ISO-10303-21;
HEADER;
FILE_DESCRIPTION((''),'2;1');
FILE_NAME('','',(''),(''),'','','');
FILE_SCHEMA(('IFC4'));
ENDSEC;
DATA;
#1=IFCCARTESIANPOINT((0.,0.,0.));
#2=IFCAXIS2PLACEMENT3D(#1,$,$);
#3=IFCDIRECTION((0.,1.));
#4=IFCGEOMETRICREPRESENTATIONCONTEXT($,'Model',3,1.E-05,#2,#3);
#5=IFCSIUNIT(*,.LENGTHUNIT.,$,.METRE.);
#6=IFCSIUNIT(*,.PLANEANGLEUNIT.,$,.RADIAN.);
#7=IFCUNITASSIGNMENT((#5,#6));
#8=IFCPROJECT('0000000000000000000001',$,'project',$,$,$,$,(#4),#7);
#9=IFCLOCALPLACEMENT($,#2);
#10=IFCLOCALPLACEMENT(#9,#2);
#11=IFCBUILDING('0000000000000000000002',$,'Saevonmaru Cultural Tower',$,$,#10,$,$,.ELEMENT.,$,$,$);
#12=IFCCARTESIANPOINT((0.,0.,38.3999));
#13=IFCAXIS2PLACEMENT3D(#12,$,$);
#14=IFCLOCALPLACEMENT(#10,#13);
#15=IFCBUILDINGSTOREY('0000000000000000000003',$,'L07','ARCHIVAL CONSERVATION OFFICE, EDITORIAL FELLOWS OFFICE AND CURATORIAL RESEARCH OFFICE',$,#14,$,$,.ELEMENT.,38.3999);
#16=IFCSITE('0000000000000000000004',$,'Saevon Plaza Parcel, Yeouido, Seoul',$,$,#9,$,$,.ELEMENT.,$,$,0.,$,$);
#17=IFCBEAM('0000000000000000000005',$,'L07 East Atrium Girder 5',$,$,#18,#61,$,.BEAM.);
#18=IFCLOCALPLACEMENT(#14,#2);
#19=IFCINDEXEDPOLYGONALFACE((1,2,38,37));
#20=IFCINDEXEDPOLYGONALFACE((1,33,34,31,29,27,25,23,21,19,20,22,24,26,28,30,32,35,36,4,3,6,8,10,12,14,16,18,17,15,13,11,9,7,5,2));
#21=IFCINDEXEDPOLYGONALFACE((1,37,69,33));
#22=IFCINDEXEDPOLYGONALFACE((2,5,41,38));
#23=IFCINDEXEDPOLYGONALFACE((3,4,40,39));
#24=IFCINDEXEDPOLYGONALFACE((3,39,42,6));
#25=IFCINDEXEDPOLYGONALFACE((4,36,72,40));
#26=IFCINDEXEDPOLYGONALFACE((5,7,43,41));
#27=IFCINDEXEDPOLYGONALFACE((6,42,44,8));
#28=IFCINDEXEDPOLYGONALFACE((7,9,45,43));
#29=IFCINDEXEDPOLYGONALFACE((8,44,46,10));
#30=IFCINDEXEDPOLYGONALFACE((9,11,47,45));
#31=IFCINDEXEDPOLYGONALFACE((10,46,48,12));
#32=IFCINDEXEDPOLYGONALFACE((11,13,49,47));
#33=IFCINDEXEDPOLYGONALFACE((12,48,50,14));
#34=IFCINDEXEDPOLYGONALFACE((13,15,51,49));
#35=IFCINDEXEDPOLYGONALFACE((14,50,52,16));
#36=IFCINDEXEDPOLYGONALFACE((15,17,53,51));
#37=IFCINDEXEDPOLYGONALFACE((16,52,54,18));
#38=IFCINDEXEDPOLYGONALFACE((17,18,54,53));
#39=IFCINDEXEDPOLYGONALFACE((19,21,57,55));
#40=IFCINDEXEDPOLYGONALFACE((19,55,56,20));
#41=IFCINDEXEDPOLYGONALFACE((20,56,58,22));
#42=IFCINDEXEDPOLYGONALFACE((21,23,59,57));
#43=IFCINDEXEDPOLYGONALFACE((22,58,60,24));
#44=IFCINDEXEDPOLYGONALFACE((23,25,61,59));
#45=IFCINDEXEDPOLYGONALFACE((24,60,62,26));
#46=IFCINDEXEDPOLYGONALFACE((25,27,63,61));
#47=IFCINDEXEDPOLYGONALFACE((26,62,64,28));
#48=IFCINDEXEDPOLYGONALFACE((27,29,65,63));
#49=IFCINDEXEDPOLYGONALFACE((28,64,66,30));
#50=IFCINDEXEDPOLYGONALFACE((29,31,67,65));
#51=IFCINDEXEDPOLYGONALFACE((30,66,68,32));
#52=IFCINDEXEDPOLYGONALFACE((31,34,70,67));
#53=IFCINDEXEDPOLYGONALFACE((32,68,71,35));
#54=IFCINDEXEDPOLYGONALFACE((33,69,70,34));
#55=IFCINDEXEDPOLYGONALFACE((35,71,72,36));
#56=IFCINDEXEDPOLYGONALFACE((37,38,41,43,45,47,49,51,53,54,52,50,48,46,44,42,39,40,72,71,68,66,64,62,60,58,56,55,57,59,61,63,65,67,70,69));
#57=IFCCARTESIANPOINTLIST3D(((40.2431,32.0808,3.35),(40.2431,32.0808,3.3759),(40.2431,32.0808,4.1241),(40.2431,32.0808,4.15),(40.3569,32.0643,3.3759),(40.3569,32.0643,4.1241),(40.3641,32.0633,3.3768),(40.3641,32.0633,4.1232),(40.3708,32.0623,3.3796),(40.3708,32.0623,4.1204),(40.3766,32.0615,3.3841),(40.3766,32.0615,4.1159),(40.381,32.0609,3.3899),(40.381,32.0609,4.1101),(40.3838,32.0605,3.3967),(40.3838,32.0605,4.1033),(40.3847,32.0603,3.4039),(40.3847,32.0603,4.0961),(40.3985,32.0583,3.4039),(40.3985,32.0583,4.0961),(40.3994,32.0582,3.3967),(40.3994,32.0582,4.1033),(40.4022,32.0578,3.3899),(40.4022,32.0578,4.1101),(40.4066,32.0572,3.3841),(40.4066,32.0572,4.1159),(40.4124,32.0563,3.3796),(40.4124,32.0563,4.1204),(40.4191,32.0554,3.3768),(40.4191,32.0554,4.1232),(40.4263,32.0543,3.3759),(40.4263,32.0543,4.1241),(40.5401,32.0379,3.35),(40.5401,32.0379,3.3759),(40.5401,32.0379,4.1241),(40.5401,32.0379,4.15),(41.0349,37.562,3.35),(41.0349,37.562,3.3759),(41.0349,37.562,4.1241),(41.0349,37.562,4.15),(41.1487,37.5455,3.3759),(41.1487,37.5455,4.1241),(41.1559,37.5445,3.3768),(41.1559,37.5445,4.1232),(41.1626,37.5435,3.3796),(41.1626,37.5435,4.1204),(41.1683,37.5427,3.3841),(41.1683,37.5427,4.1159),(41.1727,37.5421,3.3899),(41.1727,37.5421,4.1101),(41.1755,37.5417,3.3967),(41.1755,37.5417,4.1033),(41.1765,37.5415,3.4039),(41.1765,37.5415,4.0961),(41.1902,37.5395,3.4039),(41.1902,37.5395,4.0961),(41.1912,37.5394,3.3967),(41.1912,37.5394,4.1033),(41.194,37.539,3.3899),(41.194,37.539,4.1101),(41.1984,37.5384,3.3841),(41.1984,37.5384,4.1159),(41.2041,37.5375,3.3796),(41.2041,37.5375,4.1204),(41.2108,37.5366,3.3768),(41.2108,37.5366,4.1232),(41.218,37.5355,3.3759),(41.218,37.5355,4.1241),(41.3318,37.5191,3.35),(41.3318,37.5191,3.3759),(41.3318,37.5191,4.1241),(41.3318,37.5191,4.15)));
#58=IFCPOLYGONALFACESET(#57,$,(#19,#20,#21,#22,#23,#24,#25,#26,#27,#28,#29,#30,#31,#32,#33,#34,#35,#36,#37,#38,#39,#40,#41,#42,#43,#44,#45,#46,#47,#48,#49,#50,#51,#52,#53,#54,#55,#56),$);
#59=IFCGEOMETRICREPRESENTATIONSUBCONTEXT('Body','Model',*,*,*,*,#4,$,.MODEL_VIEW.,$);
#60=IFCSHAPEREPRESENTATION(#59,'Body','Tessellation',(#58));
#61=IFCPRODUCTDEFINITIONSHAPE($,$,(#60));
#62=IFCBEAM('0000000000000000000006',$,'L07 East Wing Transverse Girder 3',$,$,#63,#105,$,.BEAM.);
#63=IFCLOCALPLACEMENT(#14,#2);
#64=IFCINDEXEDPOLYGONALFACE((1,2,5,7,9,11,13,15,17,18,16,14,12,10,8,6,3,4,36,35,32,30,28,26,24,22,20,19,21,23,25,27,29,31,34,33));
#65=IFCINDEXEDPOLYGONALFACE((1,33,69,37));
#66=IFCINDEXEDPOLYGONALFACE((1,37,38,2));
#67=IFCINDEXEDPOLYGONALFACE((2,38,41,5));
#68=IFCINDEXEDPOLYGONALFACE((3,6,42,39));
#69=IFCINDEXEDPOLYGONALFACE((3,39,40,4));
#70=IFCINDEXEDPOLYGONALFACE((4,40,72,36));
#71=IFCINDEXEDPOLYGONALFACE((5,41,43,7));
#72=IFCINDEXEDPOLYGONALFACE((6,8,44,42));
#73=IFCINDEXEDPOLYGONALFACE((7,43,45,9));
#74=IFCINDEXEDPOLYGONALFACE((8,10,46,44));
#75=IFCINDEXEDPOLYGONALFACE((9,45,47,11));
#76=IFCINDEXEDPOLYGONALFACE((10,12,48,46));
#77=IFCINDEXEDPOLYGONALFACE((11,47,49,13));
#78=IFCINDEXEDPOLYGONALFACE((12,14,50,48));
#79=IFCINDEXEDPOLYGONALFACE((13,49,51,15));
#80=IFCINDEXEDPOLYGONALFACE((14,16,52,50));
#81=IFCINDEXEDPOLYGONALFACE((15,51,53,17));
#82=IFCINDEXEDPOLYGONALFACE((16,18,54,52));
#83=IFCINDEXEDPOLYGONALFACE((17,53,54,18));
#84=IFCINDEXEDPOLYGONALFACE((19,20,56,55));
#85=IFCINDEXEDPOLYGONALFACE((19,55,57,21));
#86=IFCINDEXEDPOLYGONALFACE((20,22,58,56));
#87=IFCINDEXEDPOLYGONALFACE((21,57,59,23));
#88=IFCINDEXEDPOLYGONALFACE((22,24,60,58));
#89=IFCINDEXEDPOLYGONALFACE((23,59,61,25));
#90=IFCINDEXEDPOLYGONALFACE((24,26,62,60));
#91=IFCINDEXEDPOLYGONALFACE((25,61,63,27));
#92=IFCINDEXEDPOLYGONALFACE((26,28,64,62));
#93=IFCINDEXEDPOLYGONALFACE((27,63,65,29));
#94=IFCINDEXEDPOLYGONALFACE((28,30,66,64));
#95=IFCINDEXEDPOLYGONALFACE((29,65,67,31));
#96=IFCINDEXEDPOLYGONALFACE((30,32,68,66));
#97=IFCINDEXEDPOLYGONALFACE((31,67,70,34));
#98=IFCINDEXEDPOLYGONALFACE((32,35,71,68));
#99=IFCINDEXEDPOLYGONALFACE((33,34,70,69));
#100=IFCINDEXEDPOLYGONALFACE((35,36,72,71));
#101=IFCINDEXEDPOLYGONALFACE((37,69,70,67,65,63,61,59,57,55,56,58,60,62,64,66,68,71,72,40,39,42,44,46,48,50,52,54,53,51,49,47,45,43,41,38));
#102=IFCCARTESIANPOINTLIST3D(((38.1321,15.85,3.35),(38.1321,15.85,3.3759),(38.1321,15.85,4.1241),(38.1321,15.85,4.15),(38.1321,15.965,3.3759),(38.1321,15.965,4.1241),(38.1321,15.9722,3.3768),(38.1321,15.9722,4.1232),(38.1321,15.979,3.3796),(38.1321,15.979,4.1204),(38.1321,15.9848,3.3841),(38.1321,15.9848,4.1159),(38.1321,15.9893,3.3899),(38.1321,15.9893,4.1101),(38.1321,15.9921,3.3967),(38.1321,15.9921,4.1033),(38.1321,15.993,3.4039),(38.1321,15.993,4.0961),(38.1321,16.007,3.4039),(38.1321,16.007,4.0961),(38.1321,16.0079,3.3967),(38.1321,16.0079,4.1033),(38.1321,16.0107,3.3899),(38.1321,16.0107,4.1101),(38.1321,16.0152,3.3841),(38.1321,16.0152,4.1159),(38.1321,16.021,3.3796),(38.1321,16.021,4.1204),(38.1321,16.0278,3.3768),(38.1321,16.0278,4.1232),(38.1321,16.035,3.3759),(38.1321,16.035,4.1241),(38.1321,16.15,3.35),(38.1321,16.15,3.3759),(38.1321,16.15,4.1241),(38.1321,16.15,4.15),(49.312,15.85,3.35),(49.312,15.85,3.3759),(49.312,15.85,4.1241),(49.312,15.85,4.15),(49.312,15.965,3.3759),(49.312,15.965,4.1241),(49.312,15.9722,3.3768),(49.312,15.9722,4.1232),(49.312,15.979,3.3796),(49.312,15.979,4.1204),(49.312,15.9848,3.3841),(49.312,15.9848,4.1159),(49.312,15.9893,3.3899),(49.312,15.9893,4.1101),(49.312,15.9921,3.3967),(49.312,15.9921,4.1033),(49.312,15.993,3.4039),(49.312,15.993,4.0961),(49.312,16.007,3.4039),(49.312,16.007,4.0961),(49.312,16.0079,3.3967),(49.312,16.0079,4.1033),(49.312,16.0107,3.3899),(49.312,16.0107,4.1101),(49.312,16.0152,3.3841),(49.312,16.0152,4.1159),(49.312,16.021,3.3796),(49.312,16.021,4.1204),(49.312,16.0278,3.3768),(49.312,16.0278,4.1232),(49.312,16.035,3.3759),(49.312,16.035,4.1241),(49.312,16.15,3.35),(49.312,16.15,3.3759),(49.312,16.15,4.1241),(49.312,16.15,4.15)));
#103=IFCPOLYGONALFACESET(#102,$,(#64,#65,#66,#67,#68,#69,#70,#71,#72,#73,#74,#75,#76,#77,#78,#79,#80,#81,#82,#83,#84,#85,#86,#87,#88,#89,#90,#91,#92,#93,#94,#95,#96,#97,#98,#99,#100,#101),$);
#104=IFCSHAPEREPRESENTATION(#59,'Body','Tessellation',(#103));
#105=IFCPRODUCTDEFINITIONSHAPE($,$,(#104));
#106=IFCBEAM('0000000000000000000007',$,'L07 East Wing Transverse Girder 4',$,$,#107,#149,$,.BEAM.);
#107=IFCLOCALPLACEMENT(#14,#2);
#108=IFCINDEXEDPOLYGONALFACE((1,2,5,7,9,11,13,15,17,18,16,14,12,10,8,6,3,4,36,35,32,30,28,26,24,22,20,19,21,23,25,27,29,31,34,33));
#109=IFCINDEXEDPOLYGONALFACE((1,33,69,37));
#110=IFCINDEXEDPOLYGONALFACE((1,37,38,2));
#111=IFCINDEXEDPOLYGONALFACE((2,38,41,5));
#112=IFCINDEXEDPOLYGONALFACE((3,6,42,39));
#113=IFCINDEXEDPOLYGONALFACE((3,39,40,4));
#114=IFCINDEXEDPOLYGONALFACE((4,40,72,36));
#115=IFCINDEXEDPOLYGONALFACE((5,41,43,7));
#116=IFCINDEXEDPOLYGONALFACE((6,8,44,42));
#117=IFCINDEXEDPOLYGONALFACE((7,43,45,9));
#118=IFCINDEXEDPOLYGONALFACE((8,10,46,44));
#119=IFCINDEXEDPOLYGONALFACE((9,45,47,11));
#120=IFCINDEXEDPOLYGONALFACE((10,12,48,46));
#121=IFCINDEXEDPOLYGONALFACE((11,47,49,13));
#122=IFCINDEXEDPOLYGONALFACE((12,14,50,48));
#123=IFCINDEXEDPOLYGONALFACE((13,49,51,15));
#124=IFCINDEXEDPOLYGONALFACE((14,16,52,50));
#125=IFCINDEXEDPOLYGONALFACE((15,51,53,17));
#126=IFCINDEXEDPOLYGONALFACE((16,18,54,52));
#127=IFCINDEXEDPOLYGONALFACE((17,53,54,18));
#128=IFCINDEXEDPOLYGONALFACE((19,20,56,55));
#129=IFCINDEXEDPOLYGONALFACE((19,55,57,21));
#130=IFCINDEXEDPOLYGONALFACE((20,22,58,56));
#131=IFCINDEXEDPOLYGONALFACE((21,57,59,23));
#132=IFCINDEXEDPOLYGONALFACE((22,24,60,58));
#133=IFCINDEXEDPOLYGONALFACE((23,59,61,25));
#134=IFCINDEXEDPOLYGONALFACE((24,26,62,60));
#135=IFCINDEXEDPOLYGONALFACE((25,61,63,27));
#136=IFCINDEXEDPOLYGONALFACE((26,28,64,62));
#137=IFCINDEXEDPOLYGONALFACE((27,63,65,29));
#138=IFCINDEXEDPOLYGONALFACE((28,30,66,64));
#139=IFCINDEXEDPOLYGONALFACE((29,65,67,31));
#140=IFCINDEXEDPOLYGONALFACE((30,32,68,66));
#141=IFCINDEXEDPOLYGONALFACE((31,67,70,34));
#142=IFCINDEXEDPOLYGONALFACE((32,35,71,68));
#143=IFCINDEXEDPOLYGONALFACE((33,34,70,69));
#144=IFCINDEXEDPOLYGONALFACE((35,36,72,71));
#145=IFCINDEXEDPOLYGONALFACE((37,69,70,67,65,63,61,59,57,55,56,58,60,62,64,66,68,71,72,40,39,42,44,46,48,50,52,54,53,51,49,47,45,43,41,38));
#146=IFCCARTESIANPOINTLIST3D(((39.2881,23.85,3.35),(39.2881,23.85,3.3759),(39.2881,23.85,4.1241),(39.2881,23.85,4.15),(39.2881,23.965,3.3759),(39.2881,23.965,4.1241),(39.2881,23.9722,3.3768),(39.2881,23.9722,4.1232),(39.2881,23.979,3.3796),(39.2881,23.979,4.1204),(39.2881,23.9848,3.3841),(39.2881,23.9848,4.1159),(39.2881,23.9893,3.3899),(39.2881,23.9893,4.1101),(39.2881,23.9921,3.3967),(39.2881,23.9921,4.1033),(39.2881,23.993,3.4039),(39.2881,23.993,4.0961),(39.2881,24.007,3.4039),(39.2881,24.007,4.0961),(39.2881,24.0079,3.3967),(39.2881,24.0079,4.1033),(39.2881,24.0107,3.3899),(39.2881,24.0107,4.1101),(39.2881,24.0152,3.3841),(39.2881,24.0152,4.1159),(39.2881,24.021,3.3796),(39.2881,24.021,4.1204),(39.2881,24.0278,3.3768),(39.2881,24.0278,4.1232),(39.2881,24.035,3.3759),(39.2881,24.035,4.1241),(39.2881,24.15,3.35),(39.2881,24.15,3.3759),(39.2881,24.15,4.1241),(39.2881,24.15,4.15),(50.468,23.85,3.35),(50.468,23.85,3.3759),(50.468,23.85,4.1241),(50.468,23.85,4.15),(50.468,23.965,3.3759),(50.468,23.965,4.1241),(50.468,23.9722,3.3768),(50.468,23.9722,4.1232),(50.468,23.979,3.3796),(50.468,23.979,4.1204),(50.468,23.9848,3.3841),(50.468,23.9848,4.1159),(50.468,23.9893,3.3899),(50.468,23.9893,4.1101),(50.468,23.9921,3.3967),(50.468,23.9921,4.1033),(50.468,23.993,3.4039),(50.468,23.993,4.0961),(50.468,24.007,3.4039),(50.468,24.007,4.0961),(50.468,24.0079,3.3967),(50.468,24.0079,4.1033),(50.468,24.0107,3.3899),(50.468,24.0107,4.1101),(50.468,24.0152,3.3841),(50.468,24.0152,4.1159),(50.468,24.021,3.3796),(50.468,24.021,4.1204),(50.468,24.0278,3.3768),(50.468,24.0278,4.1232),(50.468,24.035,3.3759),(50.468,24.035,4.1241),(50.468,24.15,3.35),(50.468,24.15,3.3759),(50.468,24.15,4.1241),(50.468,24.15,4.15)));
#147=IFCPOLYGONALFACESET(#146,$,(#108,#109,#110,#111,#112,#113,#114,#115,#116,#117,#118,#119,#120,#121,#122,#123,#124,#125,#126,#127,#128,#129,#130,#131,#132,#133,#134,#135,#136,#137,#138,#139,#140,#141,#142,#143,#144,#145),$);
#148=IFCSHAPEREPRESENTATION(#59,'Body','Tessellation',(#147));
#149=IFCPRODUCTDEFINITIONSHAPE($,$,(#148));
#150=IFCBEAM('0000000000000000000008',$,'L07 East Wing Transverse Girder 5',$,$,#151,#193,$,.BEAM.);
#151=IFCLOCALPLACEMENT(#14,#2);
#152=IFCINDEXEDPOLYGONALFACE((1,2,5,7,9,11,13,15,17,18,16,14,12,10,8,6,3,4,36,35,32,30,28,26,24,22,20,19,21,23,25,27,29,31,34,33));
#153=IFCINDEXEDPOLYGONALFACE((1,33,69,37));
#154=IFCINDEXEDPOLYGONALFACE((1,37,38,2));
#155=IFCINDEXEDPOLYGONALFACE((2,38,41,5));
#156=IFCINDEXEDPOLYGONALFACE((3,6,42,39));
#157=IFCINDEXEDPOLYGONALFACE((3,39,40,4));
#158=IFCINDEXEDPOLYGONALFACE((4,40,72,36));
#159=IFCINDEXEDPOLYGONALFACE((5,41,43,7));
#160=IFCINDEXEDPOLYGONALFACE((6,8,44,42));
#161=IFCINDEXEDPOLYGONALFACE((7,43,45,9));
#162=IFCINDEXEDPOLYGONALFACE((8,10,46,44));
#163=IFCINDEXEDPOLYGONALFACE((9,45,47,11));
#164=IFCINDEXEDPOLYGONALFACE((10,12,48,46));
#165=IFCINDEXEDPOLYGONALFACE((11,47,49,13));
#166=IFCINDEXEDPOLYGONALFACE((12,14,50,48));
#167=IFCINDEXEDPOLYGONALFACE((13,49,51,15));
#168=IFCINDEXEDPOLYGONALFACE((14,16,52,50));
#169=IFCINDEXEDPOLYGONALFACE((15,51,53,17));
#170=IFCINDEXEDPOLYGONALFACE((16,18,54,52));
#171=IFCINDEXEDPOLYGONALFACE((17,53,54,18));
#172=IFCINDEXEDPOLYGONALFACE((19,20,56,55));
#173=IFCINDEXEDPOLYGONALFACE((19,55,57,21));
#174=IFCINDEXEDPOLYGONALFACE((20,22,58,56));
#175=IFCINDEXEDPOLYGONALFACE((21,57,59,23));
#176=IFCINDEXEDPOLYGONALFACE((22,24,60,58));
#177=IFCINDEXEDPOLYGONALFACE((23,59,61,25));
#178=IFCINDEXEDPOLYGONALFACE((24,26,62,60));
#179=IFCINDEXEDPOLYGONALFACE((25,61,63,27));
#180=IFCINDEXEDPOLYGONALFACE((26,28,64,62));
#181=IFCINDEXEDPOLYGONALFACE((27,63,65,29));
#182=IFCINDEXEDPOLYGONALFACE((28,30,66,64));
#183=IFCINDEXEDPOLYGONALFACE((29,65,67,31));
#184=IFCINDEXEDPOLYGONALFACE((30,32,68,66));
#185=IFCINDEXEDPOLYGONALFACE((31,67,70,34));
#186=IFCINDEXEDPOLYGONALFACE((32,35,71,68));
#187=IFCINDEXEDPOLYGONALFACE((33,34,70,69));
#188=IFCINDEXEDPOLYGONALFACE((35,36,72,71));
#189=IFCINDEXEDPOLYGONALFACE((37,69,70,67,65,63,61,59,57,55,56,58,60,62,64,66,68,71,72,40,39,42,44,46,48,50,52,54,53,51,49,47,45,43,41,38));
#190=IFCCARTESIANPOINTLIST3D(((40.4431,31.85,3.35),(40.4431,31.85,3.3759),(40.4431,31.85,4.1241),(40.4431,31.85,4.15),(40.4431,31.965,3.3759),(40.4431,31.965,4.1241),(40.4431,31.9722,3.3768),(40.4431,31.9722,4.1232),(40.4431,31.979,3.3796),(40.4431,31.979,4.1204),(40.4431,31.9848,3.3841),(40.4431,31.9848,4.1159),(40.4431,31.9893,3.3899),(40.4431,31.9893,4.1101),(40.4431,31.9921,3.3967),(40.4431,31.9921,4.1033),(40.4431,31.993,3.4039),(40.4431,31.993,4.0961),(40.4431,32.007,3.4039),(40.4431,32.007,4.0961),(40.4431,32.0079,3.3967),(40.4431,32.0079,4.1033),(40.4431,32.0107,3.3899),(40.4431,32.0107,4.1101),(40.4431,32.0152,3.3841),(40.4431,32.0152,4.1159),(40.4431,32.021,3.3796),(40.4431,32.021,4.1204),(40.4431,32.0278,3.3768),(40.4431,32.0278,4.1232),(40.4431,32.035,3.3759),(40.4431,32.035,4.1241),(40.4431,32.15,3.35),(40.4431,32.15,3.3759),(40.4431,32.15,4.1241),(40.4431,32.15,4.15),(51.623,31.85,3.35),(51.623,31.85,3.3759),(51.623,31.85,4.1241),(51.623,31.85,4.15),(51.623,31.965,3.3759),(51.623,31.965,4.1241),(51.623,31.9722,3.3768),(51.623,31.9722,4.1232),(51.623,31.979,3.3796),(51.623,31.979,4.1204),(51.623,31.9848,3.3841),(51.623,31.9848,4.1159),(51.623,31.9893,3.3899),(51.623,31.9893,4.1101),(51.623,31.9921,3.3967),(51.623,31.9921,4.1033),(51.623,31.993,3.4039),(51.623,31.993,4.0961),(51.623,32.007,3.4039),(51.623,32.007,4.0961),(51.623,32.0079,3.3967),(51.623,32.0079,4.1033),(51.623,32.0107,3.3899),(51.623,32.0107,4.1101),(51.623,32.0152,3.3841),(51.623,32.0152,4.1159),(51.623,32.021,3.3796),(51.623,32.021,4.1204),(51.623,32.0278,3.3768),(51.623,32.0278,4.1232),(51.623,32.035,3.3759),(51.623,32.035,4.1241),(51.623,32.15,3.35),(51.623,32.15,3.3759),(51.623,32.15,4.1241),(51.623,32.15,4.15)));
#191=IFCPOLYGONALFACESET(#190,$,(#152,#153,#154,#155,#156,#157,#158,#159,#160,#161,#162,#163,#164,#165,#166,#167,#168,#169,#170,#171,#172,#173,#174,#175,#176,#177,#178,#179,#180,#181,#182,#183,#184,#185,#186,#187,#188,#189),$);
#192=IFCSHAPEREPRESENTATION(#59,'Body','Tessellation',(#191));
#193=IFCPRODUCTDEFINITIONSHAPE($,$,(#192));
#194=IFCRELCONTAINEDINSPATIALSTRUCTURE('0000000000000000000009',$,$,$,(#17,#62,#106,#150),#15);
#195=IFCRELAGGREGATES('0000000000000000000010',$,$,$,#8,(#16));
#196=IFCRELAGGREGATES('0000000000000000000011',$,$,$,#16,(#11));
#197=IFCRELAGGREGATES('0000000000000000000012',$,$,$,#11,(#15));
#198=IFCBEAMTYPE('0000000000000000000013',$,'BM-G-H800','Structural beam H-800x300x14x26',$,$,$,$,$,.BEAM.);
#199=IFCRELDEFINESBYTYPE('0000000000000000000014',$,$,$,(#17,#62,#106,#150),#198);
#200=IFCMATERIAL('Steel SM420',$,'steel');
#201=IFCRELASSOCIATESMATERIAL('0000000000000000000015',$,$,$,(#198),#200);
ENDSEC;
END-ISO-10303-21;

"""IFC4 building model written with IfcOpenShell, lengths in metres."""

from ifc_helpers import new_model, si_unit, direction, frame, origin, origin_2d, place, context, subcontext, project, spatial, i_section, extrude, material, material_profile, profile_set, type_object, element, save


model = new_model("IFC4")

# Units and contexts
model_context = context("Model", 3, precision=1e-05, world=origin(), true_north=direction((0.0, 1.0)))
body_context = subcontext(model_context, "Body", "Model", "MODEL_VIEW")
ifc_project = project(units=[si_unit("LENGTHUNIT", "METRE"), si_unit("PLANEANGLEUNIT", "RADIAN")], contexts=[model_context])

# Site, building, storey
site_placement = place(None, origin())
site = spatial("IfcSite", under=ifc_project, at=site_placement, Name="Saevon Plaza Parcel, Yeouido, Seoul", CompositionType="ELEMENT", RefElevation=0.0)
building_placement = place(site_placement, origin())
building = spatial("IfcBuilding", under=site, at=building_placement, Name="Saevonmaru Cultural Tower", CompositionType="ELEMENT")
storey_placement = place(building_placement, frame((0.0, 0.0, 38.3999)))
storey = spatial("IfcBuildingStorey", under=building, at=storey_placement, Name="L07", Description="ARCHIVAL CONSERVATION OFFICE, EDITORIAL FELLOWS OFFICE AND CURATORIAL RESEARCH OFFICE", CompositionType="ELEMENT", Elevation=38.3999)

# Shared definitions
ifc_material_1 = material(Name="Steel SM420", Category="steel")

# Beams
ifc_material_profile_1 = material_profile(ifc_material_1, i_section(OverallWidth=0.3, OverallDepth=0.8, WebThickness=0.0139, FlangeThickness=0.0259, FilletRadius=0.0281, at=origin_2d()), Name="H-800x300x14x26")
ifc_profile_set_1 = profile_set([ifc_material_profile_1], Name="Steel SM420")
beam_type_1 = type_object("IfcBeamType", Name="BM-G-H800", Description="Structural beam H-800x300x14x26", PredefinedType="BEAM", material=ifc_profile_set_1)
beam_1_placement = place(storey_placement, frame((40.3916, 32.0593, 3.75), z_axis=(0.142964, 0.989728, 0.0), x_axis=(-0.989728, 0.142964, 0.0)))
element("IfcBeam", 1, at=beam_1_placement, inside=storey, type_object=beam_type_1, Name="L07 East Atrium Girder 5", PredefinedType="BEAM", context=body_context, shape_type="SweptSolid", body=[
    extrude(i_section(OverallWidth=0.3, OverallDepth=0.8, WebThickness=0.0139, FlangeThickness=0.0259, FilletRadius=0.0281, at=origin_2d()), origin(), (0.0, 0.0, 1.0), 5.5381),
])
for number, where, z_axis, x_axis, name in (
    (2, (38.1321, 16.0, 3.75), (1.0, 0.0, 0.0), (0.0, 1.0, 0.0), "L07 East Wing Transverse Girder 3"),
    (3, (39.2881, 24.0, 3.75), (1.0, 0.0, 0.0), (0.0, 1.0, 0.0), "L07 East Wing Transverse Girder 4"),
    (4, (40.4431, 32.0, 3.75), (1.0, 0.0, 0.0), (0.0, 1.0, 0.0), "L07 East Wing Transverse Girder 5"),
):
    element("IfcBeam", number, at=place(storey_placement, frame(where, z_axis=z_axis, x_axis=x_axis)), inside=storey, type_object=beam_type_1, Name=name, PredefinedType="BEAM", context=body_context, shape_type="SweptSolid", body=[
        extrude(i_section(OverallWidth=0.3, OverallDepth=0.8, WebThickness=0.0139, FlangeThickness=0.0259, FilletRadius=0.0281, at=origin_2d()), origin(), (0.0, 0.0, 1.0), 11.1799),
    ])

save(model, "model.ifc")
